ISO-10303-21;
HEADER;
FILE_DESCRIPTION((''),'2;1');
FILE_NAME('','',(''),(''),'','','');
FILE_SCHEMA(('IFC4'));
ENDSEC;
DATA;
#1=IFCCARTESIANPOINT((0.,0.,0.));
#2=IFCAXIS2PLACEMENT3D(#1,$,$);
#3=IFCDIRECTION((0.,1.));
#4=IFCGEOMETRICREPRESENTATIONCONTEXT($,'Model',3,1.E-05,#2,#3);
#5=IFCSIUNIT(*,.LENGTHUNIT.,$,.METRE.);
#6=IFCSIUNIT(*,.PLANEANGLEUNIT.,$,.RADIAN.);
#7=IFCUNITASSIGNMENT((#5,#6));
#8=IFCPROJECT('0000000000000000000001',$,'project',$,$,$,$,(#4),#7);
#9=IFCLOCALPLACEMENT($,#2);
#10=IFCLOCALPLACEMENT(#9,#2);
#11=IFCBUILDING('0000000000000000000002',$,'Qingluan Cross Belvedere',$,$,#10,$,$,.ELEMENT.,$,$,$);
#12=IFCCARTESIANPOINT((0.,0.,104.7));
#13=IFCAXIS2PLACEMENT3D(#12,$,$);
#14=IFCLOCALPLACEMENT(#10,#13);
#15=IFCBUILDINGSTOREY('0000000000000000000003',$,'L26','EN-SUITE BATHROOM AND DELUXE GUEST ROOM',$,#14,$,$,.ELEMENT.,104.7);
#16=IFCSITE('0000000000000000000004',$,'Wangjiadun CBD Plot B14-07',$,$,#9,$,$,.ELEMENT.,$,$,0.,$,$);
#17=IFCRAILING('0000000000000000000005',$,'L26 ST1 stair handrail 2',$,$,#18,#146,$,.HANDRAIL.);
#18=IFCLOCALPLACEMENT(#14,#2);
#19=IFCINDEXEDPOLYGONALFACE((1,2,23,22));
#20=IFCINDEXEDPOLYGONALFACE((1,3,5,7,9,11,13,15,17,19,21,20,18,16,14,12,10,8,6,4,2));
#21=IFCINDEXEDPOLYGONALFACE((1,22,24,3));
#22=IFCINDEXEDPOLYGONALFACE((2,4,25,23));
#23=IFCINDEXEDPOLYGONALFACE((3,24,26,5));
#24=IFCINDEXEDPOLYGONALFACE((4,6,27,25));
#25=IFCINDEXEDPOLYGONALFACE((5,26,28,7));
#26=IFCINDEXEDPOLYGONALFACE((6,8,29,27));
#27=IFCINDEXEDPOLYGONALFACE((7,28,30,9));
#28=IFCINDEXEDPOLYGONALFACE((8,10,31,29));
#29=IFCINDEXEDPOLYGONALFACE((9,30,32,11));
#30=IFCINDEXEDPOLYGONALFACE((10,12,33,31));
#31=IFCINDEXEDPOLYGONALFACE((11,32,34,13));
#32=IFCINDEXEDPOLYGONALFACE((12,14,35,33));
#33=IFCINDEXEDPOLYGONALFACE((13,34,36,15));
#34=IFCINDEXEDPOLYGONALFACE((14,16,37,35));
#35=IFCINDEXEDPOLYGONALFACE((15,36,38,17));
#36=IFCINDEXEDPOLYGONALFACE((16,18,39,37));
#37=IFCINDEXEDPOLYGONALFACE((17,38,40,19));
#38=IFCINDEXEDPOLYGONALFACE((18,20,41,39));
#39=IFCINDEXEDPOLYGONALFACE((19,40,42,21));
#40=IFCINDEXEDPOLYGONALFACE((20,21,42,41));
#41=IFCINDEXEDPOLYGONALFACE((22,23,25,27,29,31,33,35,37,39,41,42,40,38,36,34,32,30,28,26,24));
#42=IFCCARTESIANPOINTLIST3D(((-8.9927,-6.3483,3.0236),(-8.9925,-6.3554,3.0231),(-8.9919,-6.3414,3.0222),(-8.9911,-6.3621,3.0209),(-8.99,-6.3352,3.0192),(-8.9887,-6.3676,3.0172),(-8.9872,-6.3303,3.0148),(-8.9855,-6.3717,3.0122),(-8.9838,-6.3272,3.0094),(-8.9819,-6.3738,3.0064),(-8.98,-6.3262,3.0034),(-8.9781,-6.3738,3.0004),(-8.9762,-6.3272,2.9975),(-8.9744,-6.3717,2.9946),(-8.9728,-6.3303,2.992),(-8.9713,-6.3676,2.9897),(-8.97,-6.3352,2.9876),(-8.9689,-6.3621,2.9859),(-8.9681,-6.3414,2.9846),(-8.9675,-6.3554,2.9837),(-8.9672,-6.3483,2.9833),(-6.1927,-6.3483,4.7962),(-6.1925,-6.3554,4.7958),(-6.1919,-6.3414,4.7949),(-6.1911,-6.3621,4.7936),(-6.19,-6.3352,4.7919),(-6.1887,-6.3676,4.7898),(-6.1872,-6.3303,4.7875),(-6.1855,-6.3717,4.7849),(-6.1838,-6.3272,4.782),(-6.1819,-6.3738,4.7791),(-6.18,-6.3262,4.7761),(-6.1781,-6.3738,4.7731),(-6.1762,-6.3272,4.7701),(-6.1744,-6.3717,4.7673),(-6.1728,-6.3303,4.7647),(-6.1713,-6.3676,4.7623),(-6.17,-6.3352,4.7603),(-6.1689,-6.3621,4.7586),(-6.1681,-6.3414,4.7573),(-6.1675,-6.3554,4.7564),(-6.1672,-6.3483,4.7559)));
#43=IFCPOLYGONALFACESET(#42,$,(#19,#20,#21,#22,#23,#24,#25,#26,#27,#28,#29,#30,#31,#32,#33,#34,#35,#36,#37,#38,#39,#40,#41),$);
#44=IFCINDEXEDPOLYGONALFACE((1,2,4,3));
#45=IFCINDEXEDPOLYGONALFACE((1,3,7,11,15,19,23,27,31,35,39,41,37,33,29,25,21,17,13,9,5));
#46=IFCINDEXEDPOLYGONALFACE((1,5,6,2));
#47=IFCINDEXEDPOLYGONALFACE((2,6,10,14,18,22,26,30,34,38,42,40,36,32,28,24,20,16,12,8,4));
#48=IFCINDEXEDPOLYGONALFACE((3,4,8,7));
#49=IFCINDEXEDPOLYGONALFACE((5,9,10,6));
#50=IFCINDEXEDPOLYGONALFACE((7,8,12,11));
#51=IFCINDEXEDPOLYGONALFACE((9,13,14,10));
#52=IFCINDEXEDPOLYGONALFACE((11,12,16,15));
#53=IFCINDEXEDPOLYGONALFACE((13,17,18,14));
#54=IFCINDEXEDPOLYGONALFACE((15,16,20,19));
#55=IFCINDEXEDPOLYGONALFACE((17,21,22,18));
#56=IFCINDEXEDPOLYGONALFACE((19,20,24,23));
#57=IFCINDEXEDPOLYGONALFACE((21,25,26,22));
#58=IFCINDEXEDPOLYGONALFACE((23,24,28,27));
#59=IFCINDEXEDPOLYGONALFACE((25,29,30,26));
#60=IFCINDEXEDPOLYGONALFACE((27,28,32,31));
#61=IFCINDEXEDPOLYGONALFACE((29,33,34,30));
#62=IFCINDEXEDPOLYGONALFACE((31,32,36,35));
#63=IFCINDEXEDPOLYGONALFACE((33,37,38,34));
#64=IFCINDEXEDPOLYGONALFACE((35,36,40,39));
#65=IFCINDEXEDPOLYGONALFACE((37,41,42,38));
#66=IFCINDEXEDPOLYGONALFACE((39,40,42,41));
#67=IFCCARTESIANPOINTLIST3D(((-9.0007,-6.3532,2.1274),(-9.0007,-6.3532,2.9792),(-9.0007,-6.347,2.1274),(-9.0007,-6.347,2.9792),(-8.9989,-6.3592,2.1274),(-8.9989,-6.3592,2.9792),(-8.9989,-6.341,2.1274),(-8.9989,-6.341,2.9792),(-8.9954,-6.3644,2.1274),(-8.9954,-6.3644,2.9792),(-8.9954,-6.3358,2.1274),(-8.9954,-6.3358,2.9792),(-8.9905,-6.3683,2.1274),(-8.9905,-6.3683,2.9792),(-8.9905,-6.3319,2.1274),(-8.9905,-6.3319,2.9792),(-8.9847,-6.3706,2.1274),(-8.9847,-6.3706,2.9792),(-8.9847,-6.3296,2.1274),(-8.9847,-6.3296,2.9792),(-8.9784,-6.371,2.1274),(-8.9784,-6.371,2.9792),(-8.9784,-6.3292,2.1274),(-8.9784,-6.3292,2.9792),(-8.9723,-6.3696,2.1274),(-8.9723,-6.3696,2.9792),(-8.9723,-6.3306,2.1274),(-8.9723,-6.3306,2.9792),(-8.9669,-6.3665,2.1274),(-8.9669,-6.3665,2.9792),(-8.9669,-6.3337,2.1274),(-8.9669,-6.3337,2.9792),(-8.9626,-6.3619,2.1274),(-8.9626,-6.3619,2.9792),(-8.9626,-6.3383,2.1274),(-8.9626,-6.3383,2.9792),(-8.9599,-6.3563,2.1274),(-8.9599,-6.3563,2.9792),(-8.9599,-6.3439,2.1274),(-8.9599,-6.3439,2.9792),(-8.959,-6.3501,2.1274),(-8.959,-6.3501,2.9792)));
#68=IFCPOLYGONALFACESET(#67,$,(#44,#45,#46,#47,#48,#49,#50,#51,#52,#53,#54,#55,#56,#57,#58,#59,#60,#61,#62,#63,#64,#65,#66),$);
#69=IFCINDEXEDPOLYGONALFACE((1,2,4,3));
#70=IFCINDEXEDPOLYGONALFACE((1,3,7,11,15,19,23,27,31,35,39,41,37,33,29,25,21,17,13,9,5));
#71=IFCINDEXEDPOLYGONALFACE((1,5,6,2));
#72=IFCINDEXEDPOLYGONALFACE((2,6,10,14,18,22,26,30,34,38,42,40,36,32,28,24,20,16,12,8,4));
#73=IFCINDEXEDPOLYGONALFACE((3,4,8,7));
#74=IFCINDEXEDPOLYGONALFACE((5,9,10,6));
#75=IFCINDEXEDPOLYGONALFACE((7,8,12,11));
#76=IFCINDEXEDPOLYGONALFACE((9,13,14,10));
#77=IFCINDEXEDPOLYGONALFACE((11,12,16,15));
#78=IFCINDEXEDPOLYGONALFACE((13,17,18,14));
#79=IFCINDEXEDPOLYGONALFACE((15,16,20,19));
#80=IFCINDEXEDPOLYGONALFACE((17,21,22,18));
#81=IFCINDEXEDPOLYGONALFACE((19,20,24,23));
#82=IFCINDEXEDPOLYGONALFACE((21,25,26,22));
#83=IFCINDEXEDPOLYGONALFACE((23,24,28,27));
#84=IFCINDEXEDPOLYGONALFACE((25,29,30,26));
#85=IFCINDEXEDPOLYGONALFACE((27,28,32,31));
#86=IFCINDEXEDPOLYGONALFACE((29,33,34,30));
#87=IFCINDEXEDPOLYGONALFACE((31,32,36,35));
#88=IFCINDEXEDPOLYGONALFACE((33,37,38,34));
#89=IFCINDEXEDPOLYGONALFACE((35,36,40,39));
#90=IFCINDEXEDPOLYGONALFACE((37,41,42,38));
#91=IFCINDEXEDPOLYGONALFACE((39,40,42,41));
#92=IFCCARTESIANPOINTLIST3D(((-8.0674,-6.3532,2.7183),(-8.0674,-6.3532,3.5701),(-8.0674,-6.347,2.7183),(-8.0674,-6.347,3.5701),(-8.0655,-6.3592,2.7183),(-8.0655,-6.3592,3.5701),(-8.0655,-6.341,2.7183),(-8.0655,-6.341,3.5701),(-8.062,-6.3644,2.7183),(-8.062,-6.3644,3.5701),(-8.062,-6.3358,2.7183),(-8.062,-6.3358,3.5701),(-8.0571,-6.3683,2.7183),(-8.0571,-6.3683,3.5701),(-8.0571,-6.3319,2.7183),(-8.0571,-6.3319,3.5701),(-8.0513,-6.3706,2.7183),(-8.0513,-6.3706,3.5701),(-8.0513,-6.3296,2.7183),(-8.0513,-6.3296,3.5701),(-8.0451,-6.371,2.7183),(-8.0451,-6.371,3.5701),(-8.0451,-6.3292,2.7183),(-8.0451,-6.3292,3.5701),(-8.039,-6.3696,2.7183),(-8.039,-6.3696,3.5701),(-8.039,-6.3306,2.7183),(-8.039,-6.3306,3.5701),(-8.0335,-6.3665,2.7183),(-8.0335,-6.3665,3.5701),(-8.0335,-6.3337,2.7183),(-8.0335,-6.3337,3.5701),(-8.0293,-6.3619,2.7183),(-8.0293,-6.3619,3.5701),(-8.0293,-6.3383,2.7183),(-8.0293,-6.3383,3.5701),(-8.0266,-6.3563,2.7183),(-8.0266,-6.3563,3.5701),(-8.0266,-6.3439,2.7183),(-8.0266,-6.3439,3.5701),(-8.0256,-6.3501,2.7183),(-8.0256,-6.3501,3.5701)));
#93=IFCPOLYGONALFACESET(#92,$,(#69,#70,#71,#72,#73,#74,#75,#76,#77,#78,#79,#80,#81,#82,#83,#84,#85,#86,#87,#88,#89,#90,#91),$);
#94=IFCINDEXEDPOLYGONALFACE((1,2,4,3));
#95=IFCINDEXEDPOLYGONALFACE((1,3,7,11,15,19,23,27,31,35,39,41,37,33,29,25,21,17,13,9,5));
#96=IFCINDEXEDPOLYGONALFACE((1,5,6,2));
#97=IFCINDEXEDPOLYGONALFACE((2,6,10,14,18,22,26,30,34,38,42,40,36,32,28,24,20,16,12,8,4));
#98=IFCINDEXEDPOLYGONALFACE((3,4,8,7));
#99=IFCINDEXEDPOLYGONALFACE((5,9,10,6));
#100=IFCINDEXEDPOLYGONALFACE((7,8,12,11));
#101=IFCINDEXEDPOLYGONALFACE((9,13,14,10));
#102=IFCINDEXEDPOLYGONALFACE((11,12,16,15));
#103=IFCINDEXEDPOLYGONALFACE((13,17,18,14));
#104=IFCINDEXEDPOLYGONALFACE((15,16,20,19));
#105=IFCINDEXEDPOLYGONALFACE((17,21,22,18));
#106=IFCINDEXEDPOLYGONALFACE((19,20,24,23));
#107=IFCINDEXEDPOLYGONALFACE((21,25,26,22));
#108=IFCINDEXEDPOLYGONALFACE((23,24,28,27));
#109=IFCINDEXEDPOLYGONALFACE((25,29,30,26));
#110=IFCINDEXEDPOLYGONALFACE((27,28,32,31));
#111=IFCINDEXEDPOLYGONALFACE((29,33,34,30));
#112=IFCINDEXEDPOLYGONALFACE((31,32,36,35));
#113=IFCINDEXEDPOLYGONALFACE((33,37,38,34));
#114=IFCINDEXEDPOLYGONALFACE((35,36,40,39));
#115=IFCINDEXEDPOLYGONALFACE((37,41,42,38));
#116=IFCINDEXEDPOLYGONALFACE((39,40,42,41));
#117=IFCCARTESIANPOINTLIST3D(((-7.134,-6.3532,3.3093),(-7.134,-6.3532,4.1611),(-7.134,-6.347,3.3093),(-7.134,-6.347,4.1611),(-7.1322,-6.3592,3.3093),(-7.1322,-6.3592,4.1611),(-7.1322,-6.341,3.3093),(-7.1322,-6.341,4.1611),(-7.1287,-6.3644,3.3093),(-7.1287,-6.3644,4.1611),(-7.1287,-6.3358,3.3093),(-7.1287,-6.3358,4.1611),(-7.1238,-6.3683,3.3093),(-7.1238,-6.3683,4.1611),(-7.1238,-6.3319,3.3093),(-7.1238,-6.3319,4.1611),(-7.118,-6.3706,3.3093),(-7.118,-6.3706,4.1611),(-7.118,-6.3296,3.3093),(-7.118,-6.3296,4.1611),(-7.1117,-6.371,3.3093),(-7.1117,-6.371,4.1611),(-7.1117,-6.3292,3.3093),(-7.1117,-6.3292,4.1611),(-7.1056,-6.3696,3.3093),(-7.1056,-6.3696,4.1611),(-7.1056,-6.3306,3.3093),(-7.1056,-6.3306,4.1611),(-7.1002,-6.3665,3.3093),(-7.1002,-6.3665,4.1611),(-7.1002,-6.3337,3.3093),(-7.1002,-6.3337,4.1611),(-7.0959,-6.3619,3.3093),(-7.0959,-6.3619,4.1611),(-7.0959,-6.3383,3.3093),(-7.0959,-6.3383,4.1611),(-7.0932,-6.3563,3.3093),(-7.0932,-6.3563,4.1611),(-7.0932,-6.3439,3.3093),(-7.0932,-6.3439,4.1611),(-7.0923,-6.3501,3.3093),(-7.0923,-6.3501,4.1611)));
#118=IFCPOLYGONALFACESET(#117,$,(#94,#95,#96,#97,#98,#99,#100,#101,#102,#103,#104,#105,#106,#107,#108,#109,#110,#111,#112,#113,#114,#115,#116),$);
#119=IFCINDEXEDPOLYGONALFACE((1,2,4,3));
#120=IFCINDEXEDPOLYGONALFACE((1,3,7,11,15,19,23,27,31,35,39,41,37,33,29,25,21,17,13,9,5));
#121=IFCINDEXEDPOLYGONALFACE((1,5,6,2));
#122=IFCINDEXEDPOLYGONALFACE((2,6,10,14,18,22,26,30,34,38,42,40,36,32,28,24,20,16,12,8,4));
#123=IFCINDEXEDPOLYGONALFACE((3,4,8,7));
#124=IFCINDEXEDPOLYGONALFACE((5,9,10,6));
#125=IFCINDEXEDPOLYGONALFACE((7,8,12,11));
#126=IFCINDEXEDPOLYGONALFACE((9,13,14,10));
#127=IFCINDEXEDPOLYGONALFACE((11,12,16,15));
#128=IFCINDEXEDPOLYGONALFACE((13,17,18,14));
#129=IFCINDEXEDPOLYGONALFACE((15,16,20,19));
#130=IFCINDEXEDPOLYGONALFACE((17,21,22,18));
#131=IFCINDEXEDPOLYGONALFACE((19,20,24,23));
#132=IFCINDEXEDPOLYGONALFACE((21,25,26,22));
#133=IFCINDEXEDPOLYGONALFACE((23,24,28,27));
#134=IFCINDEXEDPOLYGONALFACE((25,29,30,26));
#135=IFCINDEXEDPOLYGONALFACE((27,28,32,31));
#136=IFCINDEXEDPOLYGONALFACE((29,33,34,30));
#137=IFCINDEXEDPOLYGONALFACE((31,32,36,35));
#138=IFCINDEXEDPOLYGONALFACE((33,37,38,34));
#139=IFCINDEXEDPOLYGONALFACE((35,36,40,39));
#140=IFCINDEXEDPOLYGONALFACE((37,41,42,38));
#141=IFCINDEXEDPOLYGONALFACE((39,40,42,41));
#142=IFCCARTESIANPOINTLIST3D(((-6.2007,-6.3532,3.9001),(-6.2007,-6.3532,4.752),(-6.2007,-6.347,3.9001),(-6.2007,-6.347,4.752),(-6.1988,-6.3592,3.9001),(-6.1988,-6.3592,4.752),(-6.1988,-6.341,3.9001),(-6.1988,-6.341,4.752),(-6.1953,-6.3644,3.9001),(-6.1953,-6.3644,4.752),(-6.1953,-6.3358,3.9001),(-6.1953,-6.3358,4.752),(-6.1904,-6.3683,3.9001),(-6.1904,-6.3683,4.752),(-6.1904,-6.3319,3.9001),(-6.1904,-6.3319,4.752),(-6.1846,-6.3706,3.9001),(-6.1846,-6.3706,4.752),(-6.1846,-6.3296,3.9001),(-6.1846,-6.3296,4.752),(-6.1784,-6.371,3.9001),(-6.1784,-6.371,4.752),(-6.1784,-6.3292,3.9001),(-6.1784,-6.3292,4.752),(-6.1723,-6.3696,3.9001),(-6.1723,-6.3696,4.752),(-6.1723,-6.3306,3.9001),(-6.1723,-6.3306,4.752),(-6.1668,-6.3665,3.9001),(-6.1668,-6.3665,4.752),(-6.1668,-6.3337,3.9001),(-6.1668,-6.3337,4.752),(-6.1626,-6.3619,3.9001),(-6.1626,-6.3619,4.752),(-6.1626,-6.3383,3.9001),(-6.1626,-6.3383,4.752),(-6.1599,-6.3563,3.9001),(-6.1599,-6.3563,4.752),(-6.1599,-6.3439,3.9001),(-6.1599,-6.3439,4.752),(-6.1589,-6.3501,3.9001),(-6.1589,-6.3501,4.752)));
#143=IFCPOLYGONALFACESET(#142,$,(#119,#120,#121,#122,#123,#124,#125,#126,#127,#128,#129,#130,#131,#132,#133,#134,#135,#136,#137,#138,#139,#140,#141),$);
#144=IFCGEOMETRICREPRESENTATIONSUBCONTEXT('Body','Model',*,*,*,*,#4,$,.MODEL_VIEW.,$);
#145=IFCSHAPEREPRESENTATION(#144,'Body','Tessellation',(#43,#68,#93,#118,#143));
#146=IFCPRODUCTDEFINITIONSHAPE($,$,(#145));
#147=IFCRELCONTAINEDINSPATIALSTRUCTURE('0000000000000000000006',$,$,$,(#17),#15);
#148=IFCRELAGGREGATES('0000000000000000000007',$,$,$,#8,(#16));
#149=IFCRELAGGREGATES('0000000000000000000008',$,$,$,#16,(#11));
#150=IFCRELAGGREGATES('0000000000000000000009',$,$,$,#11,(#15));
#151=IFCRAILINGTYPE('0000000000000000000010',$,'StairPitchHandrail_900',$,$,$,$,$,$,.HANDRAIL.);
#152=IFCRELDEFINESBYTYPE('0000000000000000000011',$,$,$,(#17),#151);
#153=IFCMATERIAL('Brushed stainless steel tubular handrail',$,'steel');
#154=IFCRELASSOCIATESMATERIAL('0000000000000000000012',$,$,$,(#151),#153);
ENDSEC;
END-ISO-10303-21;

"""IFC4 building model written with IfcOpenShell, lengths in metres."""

from ifc_helpers import new_model, si_unit, direction, frame, origin, origin_2d, place, context, subcontext, project, spatial, circle, extrude, material, type_object, element, save


model = new_model("IFC4")

# Units and contexts
model_context = context("Model", 3, precision=1e-05, world=origin(), true_north=direction((0.0, 1.0)))
body_context = subcontext(model_context, "Body", "Model", "MODEL_VIEW")
ifc_project = project(units=[si_unit("LENGTHUNIT", "METRE"), si_unit("PLANEANGLEUNIT", "RADIAN")], contexts=[model_context])

# Site, building, storey
site_placement = place(None, origin())
site = spatial("IfcSite", under=ifc_project, at=site_placement, Name="Wangjiadun CBD Plot B14-07", CompositionType="ELEMENT", RefElevation=0.0)
building_placement = place(site_placement, origin())
building = spatial("IfcBuilding", under=site, at=building_placement, Name="Qingluan Cross Belvedere", CompositionType="ELEMENT")
storey_placement = place(building_placement, frame((0.0, 0.0, 104.7)))
storey = spatial("IfcBuildingStorey", under=building, at=storey_placement, Name="L26", Description="EN-SUITE BATHROOM AND DELUXE GUEST ROOM", CompositionType="ELEMENT", Elevation=104.7)

# Railing
ifc_material_1 = material(Name="Brushed stainless steel tubular handrail", Category="steel")
railing_type_1 = type_object("IfcRailingType", Name="StairPitchHandrail_900", PredefinedType="HANDRAIL", material=ifc_material_1)
railing_1_placement = place(storey_placement, frame((-8.98, -6.3501, 2.1274)))
element("IfcRailing", 1, at=railing_1_placement, inside=storey, type_object=railing_type_1, Name="L26 ST1 stair handrail 2", PredefinedType="HANDRAIL", context=body_context, shape_type="SweptSolid", body=[
    extrude(circle(Radius=0.0239, at=origin_2d()), frame((0.0, 0.0, 0.876), z_axis=(0.844909, 0.0, 0.53491), x_axis=(0.0, 1.0, 0.0)), (0.0, 0.0, 1.0), 3.314),
    extrude(circle(Radius=0.021, at=origin_2d()), origin(), (0.0, 0.0, 1.0), 0.8518),
    extrude(circle(Radius=0.021, at=origin_2d()), frame((0.9333, 0.0, 0.5908)), (0.0, 0.0, 1.0), 0.8518),
    extrude(circle(Radius=0.021, at=origin_2d()), frame((1.8667, 0.0, 1.1819)), (0.0, 0.0, 1.0), 0.8518),
    extrude(circle(Radius=0.021, at=origin_2d()), frame((2.8, 0.0, 1.7727)), (0.0, 0.0, 1.0), 0.8518),
])

save(model, "model.ifc")
